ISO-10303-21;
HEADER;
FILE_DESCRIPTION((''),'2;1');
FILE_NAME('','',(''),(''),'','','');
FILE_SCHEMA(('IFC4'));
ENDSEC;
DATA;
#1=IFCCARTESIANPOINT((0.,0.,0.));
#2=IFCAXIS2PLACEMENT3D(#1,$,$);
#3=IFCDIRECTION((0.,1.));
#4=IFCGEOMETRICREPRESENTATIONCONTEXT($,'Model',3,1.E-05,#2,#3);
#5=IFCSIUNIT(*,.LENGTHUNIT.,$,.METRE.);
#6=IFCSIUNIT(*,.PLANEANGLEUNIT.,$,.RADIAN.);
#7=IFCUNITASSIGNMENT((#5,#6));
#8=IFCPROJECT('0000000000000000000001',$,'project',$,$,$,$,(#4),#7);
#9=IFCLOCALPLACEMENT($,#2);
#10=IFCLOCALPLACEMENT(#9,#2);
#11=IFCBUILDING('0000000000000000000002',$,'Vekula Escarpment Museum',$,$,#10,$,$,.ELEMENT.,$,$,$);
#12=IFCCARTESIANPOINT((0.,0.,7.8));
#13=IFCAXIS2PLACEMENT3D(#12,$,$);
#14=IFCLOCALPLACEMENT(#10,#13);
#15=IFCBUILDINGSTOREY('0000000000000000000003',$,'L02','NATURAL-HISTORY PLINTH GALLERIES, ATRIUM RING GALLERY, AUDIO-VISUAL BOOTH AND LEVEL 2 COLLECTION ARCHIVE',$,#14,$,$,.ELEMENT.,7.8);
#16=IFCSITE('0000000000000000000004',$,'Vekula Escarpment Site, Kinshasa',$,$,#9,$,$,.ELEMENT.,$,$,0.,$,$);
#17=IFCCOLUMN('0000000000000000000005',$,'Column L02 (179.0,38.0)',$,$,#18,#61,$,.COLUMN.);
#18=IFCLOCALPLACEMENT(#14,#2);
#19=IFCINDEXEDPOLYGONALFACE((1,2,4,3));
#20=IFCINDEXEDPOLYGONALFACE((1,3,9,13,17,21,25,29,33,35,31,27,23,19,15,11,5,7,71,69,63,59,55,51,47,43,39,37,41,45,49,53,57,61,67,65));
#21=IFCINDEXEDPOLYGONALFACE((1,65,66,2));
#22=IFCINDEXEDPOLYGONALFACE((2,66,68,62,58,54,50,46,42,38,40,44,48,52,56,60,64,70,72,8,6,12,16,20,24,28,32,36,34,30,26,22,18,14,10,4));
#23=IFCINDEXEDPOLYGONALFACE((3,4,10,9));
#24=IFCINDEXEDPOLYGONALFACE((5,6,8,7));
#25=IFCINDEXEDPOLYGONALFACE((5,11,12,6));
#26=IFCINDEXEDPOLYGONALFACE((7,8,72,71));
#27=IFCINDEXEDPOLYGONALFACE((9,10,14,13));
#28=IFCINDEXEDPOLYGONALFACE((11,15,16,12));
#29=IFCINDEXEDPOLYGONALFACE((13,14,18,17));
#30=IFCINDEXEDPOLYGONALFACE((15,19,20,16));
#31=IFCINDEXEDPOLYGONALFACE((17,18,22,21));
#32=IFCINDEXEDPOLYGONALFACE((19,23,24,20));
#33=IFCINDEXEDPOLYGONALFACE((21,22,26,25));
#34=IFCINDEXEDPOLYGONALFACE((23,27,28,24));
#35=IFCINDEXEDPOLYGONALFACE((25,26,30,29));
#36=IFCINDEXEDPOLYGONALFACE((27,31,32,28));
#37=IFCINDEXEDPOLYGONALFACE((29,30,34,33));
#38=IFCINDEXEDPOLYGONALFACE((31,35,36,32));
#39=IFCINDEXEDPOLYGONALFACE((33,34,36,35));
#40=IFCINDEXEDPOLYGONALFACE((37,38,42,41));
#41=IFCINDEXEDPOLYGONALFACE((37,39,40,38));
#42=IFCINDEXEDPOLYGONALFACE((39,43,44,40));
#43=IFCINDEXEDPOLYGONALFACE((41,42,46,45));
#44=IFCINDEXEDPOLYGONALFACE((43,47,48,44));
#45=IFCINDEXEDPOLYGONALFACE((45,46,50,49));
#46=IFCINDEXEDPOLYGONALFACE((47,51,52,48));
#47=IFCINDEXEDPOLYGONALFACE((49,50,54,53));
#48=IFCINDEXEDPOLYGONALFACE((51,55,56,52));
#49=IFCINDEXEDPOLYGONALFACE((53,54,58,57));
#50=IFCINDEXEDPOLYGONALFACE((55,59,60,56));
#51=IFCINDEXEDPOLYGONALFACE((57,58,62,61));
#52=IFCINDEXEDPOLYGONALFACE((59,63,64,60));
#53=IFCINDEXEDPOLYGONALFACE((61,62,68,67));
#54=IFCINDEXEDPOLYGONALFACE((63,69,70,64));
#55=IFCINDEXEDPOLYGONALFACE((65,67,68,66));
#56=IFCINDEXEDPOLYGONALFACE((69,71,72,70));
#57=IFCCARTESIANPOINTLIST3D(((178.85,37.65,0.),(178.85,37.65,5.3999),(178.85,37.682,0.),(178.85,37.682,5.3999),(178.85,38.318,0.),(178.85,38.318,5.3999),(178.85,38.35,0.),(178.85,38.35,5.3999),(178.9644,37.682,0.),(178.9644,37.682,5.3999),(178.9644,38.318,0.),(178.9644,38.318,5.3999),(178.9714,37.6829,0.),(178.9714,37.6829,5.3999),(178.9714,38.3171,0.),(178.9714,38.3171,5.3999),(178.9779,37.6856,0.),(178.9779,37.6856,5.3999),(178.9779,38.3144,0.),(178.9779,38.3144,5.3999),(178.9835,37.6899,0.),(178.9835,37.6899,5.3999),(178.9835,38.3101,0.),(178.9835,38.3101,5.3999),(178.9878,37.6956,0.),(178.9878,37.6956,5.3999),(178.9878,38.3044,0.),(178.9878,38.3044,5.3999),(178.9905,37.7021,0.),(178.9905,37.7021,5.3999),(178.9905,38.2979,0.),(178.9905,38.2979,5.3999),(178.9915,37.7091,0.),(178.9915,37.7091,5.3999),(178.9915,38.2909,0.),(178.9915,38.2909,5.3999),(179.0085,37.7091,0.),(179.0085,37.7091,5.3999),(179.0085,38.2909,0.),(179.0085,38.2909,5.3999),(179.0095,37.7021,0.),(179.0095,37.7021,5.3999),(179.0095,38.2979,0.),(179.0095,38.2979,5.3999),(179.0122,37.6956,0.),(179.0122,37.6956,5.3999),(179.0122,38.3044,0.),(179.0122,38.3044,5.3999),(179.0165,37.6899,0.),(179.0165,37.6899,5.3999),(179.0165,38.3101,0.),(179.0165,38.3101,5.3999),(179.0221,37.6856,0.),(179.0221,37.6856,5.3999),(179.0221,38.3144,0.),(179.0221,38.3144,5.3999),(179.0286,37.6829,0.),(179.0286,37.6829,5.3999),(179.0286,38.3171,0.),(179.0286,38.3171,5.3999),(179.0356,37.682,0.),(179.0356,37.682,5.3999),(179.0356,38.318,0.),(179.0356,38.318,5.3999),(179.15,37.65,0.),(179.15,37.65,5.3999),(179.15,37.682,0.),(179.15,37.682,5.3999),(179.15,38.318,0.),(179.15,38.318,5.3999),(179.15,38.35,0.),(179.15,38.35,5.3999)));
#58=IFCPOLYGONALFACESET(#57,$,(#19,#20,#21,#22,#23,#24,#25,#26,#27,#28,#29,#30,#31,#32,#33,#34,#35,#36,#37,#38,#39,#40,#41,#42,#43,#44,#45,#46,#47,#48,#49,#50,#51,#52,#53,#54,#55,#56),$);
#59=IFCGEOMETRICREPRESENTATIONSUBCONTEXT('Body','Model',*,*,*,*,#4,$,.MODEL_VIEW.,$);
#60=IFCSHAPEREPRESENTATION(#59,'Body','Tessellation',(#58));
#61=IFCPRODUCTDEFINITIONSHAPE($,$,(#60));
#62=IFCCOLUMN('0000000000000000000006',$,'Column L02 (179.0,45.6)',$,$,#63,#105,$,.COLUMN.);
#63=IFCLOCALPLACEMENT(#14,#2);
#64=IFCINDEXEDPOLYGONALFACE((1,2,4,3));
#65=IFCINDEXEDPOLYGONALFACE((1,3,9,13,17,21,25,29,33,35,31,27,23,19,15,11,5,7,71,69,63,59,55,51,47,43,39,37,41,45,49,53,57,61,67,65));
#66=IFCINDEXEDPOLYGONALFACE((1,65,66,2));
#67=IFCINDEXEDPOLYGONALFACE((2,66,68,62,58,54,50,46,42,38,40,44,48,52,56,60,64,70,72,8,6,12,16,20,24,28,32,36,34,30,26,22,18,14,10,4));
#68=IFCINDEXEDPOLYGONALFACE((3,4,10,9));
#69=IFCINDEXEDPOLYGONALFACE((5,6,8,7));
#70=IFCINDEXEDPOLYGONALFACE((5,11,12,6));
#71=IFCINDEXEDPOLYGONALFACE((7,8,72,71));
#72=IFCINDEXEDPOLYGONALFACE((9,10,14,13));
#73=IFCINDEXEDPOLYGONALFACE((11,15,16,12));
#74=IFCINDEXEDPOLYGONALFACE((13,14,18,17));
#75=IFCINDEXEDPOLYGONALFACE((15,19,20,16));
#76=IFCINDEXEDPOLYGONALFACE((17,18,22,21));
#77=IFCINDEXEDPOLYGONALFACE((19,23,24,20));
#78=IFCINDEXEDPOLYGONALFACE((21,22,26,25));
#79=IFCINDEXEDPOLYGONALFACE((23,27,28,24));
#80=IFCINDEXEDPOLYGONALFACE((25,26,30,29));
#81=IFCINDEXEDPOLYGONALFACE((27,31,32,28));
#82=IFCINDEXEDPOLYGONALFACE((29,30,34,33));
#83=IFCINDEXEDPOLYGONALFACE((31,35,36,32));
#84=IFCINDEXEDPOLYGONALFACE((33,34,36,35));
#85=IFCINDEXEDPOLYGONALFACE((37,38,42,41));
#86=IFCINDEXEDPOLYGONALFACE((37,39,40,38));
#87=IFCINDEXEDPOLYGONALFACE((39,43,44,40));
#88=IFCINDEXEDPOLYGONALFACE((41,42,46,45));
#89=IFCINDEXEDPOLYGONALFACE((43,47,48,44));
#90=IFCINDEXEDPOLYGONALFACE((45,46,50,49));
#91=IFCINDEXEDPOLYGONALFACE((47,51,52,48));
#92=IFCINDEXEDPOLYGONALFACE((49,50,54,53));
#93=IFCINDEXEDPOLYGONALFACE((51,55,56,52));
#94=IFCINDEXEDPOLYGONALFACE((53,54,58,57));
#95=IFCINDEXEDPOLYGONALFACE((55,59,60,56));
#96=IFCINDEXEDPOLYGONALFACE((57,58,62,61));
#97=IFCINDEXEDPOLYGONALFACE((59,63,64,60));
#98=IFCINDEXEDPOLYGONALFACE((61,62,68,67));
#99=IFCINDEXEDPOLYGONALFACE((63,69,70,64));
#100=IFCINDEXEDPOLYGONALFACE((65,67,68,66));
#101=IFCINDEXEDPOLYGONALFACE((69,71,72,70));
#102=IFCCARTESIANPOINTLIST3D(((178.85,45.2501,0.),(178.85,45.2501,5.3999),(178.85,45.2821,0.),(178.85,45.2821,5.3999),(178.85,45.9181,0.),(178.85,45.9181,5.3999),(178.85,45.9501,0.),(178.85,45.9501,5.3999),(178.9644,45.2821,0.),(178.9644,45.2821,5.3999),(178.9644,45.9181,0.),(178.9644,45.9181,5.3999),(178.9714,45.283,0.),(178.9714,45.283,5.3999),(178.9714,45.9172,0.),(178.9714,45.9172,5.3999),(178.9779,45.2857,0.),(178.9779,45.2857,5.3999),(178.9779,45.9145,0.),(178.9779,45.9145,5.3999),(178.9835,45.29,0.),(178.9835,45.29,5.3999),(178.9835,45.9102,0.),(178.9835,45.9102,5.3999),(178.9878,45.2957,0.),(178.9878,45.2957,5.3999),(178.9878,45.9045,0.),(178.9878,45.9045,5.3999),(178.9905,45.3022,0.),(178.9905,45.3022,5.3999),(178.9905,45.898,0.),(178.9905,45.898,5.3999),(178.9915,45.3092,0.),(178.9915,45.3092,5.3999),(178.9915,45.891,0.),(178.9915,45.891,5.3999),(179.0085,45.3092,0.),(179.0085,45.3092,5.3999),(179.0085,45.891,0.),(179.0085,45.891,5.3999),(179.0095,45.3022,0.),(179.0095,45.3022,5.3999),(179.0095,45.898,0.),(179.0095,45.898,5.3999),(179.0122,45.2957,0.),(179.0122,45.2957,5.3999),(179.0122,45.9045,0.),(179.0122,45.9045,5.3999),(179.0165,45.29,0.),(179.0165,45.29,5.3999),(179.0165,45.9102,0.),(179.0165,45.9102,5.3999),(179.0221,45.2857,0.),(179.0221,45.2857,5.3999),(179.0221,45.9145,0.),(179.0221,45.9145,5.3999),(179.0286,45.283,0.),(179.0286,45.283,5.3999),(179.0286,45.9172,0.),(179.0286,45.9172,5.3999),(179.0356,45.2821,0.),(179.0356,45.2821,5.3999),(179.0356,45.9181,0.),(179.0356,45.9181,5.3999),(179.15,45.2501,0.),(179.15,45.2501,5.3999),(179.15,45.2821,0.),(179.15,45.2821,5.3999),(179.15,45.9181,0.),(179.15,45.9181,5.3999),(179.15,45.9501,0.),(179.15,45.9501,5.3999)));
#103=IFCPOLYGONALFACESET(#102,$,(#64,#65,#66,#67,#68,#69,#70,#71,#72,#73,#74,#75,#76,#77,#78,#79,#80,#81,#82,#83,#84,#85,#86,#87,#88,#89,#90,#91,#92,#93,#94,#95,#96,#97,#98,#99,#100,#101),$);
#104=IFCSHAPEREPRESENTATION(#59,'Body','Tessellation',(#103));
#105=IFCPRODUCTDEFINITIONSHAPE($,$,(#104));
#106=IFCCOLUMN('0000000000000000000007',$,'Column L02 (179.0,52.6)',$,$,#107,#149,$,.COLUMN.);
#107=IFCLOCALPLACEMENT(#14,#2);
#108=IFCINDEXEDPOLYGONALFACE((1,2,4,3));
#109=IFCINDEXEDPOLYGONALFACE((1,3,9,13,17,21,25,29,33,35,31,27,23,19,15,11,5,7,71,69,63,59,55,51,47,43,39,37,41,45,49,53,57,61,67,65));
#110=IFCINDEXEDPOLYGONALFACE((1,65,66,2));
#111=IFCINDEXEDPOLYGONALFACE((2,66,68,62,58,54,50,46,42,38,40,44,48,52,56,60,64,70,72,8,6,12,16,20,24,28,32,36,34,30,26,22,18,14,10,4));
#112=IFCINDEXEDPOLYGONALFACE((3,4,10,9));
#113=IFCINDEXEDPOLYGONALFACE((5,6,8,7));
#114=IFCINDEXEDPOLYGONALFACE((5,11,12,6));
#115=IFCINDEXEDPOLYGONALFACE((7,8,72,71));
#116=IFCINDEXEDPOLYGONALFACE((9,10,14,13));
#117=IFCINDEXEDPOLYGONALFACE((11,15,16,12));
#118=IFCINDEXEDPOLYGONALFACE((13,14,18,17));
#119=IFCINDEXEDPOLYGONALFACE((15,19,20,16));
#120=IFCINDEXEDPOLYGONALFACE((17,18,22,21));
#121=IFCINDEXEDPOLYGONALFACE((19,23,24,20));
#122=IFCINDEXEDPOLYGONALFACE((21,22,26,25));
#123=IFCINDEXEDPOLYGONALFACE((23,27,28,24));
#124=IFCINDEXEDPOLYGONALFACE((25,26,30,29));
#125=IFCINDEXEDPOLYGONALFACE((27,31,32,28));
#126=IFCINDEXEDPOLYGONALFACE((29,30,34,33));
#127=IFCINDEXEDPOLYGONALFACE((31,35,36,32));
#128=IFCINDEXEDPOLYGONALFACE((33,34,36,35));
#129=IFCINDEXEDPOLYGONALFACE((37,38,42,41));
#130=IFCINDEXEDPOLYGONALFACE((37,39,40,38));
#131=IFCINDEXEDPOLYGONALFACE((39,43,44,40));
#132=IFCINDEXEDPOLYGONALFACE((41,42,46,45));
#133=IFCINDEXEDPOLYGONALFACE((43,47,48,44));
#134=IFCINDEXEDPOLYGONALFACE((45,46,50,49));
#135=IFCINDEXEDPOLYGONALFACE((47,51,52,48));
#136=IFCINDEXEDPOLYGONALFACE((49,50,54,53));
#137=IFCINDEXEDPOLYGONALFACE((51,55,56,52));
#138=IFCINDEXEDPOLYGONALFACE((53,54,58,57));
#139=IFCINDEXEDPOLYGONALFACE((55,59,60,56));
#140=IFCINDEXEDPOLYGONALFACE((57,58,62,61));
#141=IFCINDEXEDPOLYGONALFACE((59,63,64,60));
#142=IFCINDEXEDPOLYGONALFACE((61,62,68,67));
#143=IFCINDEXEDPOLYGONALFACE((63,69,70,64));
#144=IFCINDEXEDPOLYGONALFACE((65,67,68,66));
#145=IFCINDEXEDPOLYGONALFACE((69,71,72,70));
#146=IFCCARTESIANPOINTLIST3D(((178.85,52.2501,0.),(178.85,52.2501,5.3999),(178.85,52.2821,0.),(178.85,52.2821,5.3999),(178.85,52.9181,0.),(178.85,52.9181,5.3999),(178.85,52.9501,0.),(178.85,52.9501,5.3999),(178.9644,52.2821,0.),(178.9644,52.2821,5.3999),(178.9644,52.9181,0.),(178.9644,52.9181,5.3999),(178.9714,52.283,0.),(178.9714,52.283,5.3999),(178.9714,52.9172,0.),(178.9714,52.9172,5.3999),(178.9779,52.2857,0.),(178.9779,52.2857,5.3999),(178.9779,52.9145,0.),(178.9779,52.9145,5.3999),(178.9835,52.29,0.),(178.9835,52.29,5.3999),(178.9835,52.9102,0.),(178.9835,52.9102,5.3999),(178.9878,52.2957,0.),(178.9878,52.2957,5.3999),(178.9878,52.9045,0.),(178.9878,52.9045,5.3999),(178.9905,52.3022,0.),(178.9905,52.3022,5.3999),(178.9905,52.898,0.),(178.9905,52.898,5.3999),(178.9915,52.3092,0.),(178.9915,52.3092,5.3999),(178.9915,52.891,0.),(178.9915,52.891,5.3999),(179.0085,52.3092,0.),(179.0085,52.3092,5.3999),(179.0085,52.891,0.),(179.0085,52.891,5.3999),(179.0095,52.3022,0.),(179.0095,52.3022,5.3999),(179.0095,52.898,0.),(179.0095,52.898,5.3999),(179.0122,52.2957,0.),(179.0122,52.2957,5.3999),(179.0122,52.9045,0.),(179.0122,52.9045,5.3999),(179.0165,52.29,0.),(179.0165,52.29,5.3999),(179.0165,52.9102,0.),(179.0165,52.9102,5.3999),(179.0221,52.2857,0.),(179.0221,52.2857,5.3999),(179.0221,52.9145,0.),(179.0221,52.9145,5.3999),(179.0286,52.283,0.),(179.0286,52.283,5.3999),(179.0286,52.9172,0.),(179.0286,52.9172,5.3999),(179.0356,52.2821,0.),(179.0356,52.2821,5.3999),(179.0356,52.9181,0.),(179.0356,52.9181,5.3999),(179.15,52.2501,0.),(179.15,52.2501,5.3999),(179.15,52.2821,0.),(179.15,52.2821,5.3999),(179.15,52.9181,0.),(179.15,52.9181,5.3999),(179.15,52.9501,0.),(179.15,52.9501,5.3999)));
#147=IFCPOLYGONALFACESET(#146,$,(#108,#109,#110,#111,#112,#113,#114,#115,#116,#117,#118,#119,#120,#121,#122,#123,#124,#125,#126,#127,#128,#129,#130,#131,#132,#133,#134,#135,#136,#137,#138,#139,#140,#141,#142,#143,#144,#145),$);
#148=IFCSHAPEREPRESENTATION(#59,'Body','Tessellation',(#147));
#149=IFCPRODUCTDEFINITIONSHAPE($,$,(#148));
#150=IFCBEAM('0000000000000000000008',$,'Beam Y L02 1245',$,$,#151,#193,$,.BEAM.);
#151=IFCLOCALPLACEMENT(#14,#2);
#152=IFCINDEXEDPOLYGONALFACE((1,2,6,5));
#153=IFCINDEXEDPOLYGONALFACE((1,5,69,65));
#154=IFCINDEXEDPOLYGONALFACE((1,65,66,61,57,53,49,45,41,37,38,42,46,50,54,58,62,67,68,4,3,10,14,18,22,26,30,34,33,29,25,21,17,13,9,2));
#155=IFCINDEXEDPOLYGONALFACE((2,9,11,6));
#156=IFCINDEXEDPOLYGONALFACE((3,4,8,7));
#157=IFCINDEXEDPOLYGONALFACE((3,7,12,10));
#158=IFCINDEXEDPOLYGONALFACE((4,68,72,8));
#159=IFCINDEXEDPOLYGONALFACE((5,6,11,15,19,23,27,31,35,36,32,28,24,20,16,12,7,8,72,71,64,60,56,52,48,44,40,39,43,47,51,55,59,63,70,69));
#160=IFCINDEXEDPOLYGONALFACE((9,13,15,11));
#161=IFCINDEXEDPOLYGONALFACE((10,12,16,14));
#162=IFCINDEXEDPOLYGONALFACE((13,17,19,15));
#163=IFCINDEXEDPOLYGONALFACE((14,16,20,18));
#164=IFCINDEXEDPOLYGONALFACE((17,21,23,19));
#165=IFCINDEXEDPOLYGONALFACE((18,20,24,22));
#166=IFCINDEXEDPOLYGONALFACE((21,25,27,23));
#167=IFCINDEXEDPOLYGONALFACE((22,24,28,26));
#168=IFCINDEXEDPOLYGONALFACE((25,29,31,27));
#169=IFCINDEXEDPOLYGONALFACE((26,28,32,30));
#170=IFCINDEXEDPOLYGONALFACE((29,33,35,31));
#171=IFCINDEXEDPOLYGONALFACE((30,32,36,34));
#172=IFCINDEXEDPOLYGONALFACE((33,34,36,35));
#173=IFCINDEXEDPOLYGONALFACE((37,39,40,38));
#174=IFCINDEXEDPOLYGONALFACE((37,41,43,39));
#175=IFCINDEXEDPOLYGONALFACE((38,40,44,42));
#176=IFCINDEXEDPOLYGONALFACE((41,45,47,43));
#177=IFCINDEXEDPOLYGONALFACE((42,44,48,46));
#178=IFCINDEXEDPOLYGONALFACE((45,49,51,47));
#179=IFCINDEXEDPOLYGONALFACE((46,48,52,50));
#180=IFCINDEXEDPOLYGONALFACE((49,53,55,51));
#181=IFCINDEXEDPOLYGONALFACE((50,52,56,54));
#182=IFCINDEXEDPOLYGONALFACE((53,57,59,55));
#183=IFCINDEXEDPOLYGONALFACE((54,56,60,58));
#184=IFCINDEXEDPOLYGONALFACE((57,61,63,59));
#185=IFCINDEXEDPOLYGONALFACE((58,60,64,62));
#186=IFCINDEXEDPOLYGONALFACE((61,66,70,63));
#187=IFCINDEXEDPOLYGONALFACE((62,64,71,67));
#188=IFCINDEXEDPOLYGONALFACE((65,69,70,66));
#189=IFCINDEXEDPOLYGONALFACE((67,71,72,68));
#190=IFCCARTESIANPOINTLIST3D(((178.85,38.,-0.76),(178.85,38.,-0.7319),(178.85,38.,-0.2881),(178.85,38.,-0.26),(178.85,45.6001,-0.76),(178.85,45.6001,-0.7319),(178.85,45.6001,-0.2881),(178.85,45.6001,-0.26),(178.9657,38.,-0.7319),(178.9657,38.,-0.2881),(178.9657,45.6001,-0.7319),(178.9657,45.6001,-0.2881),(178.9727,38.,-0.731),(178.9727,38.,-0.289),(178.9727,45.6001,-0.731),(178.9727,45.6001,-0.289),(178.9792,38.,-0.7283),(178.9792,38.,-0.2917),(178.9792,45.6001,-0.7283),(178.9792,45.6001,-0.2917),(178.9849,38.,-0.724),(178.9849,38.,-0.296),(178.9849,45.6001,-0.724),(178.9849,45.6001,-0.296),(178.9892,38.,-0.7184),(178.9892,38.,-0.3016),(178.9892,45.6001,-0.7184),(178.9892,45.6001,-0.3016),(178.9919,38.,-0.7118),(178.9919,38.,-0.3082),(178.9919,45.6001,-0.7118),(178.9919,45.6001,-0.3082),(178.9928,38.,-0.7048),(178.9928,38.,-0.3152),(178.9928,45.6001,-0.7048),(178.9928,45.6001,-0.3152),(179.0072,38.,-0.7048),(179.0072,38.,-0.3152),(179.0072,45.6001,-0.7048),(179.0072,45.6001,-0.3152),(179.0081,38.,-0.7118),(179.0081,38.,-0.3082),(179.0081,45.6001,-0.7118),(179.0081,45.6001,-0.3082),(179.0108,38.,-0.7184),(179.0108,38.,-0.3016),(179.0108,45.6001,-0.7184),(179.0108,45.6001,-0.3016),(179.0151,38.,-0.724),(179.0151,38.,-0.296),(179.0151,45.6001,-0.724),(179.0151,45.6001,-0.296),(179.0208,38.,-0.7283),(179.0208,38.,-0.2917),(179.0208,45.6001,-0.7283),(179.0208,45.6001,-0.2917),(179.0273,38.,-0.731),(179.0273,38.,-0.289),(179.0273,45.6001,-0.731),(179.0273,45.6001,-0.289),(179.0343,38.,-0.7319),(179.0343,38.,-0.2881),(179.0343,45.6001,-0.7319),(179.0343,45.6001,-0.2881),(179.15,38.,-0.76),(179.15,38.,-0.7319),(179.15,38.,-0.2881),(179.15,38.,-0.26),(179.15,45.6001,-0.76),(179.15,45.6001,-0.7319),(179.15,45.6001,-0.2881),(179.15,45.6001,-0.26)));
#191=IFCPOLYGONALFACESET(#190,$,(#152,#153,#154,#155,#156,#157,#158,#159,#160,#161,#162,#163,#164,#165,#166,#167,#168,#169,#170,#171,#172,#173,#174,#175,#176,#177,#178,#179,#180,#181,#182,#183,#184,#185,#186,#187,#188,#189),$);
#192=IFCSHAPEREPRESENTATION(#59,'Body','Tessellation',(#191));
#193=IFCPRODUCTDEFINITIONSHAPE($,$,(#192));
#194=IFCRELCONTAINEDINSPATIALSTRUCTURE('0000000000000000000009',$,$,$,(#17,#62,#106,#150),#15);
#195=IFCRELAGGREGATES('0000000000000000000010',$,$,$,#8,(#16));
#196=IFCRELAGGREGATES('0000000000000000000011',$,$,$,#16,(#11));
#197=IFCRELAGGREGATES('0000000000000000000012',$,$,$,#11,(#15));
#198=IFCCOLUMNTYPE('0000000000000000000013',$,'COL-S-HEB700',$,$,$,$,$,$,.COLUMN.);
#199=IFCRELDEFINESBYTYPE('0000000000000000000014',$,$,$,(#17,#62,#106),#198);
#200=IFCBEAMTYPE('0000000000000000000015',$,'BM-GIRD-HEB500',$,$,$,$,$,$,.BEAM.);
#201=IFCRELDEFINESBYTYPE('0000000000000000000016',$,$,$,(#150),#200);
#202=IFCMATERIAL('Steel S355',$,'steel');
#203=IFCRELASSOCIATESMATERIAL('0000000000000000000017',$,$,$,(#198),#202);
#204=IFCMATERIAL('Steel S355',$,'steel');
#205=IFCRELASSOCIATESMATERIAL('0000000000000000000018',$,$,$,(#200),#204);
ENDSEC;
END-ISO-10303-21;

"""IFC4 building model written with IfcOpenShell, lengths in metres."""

from ifc_helpers import new_model, si_unit, direction, frame, origin, origin_2d, place, context, subcontext, project, spatial, i_section, extrude, material, material_profile, profile_set, type_object, element, save


model = new_model("IFC4")

# Units and contexts
model_context = context("Model", 3, precision=1e-05, world=origin(), true_north=direction((0.0, 1.0)))
body_context = subcontext(model_context, "Body", "Model", "MODEL_VIEW")
ifc_project = project(units=[si_unit("LENGTHUNIT", "METRE"), si_unit("PLANEANGLEUNIT", "RADIAN")], contexts=[model_context])

# Site, building, storey
site_placement = place(None, origin())
site = spatial("IfcSite", under=ifc_project, at=site_placement, Name="Vekula Escarpment Site, Kinshasa", CompositionType="ELEMENT", RefElevation=0.0)
building_placement = place(site_placement, origin())
building = spatial("IfcBuilding", under=site, at=building_placement, Name="Vekula Escarpment Museum", CompositionType="ELEMENT")
storey_placement = place(building_placement, frame((0.0, 0.0, 7.8)))
storey = spatial("IfcBuildingStorey", under=building, at=storey_placement, Name="L02", Description="NATURAL-HISTORY PLINTH GALLERIES, ATRIUM RING GALLERY, AUDIO-VISUAL BOOTH AND LEVEL 2 COLLECTION ARCHIVE", CompositionType="ELEMENT", Elevation=7.8)

# Columns
ifc_material_1 = material(Name="Steel S355", Category="steel")
ifc_material_profile_1 = material_profile(ifc_material_1, i_section(OverallWidth=0.3, OverallDepth=0.7, WebThickness=0.0171, FlangeThickness=0.032, FilletRadius=0.0271, at=origin_2d()), Name="HEB 700")
ifc_profile_set_1 = profile_set([ifc_material_profile_1], Name="Steel S355")
column_type = type_object("IfcColumnType", Name="COL-S-HEB700", PredefinedType="COLUMN", material=ifc_profile_set_1)
for number, where, z_axis, x_axis, name in (
    (1, (179.0, 38.0, 0.0), (0.0, 0.0, 1.0), (1.0, 0.0, 0.0), "Column L02 (179.0,38.0)"),
    (2, (179.0, 45.6001, 0.0), (0.0, 0.0, 1.0), (1.0, 0.0, 0.0), "Column L02 (179.0,45.6)"),
    (3, (179.0, 52.6001, 0.0), (0.0, 0.0, 1.0), (1.0, 0.0, 0.0), "Column L02 (179.0,52.6)"),
):
    element("IfcColumn", number, at=place(storey_placement, frame(where, z_axis=z_axis, x_axis=x_axis)), inside=storey, type_object=column_type, Name=name, PredefinedType="COLUMN", context=body_context, shape_type="SweptSolid", body=[
        extrude(i_section(OverallWidth=0.3, OverallDepth=0.7, WebThickness=0.0171, FlangeThickness=0.032, FilletRadius=0.0271, at=origin_2d()), origin(), (0.0, 0.0, 1.0), 5.3999),
    ])

# Beam
ifc_material_2 = material(Name="Steel S355", Category="steel")
ifc_material_profile_2 = material_profile(ifc_material_2, i_section(OverallWidth=0.3, OverallDepth=0.5, WebThickness=0.0144, FlangeThickness=0.0281, FilletRadius=0.0271, at=origin_2d()), Name="HEB 500")
ifc_profile_set_2 = profile_set([ifc_material_profile_2], Name="Steel S355")
beam_type_1 = type_object("IfcBeamType", Name="BM-GIRD-HEB500", PredefinedType="BEAM", material=ifc_profile_set_2)
beam_1_placement = place(storey_placement, frame((179.0, 38.0, -0.51), z_axis=(0.0, 1.0, 0.0), x_axis=(-1.0, 0.0, 0.0)))
element("IfcBeam", 4, at=beam_1_placement, inside=storey, type_object=beam_type_1, Name="Beam Y L02 1245", PredefinedType="BEAM", context=body_context, shape_type="SweptSolid", body=[
    extrude(i_section(OverallWidth=0.3, OverallDepth=0.5, WebThickness=0.0144, FlangeThickness=0.0281, FilletRadius=0.0271, at=origin_2d()), origin(), (0.0, 0.0, 1.0), 7.6001),
])

save(model, "model.ifc")
